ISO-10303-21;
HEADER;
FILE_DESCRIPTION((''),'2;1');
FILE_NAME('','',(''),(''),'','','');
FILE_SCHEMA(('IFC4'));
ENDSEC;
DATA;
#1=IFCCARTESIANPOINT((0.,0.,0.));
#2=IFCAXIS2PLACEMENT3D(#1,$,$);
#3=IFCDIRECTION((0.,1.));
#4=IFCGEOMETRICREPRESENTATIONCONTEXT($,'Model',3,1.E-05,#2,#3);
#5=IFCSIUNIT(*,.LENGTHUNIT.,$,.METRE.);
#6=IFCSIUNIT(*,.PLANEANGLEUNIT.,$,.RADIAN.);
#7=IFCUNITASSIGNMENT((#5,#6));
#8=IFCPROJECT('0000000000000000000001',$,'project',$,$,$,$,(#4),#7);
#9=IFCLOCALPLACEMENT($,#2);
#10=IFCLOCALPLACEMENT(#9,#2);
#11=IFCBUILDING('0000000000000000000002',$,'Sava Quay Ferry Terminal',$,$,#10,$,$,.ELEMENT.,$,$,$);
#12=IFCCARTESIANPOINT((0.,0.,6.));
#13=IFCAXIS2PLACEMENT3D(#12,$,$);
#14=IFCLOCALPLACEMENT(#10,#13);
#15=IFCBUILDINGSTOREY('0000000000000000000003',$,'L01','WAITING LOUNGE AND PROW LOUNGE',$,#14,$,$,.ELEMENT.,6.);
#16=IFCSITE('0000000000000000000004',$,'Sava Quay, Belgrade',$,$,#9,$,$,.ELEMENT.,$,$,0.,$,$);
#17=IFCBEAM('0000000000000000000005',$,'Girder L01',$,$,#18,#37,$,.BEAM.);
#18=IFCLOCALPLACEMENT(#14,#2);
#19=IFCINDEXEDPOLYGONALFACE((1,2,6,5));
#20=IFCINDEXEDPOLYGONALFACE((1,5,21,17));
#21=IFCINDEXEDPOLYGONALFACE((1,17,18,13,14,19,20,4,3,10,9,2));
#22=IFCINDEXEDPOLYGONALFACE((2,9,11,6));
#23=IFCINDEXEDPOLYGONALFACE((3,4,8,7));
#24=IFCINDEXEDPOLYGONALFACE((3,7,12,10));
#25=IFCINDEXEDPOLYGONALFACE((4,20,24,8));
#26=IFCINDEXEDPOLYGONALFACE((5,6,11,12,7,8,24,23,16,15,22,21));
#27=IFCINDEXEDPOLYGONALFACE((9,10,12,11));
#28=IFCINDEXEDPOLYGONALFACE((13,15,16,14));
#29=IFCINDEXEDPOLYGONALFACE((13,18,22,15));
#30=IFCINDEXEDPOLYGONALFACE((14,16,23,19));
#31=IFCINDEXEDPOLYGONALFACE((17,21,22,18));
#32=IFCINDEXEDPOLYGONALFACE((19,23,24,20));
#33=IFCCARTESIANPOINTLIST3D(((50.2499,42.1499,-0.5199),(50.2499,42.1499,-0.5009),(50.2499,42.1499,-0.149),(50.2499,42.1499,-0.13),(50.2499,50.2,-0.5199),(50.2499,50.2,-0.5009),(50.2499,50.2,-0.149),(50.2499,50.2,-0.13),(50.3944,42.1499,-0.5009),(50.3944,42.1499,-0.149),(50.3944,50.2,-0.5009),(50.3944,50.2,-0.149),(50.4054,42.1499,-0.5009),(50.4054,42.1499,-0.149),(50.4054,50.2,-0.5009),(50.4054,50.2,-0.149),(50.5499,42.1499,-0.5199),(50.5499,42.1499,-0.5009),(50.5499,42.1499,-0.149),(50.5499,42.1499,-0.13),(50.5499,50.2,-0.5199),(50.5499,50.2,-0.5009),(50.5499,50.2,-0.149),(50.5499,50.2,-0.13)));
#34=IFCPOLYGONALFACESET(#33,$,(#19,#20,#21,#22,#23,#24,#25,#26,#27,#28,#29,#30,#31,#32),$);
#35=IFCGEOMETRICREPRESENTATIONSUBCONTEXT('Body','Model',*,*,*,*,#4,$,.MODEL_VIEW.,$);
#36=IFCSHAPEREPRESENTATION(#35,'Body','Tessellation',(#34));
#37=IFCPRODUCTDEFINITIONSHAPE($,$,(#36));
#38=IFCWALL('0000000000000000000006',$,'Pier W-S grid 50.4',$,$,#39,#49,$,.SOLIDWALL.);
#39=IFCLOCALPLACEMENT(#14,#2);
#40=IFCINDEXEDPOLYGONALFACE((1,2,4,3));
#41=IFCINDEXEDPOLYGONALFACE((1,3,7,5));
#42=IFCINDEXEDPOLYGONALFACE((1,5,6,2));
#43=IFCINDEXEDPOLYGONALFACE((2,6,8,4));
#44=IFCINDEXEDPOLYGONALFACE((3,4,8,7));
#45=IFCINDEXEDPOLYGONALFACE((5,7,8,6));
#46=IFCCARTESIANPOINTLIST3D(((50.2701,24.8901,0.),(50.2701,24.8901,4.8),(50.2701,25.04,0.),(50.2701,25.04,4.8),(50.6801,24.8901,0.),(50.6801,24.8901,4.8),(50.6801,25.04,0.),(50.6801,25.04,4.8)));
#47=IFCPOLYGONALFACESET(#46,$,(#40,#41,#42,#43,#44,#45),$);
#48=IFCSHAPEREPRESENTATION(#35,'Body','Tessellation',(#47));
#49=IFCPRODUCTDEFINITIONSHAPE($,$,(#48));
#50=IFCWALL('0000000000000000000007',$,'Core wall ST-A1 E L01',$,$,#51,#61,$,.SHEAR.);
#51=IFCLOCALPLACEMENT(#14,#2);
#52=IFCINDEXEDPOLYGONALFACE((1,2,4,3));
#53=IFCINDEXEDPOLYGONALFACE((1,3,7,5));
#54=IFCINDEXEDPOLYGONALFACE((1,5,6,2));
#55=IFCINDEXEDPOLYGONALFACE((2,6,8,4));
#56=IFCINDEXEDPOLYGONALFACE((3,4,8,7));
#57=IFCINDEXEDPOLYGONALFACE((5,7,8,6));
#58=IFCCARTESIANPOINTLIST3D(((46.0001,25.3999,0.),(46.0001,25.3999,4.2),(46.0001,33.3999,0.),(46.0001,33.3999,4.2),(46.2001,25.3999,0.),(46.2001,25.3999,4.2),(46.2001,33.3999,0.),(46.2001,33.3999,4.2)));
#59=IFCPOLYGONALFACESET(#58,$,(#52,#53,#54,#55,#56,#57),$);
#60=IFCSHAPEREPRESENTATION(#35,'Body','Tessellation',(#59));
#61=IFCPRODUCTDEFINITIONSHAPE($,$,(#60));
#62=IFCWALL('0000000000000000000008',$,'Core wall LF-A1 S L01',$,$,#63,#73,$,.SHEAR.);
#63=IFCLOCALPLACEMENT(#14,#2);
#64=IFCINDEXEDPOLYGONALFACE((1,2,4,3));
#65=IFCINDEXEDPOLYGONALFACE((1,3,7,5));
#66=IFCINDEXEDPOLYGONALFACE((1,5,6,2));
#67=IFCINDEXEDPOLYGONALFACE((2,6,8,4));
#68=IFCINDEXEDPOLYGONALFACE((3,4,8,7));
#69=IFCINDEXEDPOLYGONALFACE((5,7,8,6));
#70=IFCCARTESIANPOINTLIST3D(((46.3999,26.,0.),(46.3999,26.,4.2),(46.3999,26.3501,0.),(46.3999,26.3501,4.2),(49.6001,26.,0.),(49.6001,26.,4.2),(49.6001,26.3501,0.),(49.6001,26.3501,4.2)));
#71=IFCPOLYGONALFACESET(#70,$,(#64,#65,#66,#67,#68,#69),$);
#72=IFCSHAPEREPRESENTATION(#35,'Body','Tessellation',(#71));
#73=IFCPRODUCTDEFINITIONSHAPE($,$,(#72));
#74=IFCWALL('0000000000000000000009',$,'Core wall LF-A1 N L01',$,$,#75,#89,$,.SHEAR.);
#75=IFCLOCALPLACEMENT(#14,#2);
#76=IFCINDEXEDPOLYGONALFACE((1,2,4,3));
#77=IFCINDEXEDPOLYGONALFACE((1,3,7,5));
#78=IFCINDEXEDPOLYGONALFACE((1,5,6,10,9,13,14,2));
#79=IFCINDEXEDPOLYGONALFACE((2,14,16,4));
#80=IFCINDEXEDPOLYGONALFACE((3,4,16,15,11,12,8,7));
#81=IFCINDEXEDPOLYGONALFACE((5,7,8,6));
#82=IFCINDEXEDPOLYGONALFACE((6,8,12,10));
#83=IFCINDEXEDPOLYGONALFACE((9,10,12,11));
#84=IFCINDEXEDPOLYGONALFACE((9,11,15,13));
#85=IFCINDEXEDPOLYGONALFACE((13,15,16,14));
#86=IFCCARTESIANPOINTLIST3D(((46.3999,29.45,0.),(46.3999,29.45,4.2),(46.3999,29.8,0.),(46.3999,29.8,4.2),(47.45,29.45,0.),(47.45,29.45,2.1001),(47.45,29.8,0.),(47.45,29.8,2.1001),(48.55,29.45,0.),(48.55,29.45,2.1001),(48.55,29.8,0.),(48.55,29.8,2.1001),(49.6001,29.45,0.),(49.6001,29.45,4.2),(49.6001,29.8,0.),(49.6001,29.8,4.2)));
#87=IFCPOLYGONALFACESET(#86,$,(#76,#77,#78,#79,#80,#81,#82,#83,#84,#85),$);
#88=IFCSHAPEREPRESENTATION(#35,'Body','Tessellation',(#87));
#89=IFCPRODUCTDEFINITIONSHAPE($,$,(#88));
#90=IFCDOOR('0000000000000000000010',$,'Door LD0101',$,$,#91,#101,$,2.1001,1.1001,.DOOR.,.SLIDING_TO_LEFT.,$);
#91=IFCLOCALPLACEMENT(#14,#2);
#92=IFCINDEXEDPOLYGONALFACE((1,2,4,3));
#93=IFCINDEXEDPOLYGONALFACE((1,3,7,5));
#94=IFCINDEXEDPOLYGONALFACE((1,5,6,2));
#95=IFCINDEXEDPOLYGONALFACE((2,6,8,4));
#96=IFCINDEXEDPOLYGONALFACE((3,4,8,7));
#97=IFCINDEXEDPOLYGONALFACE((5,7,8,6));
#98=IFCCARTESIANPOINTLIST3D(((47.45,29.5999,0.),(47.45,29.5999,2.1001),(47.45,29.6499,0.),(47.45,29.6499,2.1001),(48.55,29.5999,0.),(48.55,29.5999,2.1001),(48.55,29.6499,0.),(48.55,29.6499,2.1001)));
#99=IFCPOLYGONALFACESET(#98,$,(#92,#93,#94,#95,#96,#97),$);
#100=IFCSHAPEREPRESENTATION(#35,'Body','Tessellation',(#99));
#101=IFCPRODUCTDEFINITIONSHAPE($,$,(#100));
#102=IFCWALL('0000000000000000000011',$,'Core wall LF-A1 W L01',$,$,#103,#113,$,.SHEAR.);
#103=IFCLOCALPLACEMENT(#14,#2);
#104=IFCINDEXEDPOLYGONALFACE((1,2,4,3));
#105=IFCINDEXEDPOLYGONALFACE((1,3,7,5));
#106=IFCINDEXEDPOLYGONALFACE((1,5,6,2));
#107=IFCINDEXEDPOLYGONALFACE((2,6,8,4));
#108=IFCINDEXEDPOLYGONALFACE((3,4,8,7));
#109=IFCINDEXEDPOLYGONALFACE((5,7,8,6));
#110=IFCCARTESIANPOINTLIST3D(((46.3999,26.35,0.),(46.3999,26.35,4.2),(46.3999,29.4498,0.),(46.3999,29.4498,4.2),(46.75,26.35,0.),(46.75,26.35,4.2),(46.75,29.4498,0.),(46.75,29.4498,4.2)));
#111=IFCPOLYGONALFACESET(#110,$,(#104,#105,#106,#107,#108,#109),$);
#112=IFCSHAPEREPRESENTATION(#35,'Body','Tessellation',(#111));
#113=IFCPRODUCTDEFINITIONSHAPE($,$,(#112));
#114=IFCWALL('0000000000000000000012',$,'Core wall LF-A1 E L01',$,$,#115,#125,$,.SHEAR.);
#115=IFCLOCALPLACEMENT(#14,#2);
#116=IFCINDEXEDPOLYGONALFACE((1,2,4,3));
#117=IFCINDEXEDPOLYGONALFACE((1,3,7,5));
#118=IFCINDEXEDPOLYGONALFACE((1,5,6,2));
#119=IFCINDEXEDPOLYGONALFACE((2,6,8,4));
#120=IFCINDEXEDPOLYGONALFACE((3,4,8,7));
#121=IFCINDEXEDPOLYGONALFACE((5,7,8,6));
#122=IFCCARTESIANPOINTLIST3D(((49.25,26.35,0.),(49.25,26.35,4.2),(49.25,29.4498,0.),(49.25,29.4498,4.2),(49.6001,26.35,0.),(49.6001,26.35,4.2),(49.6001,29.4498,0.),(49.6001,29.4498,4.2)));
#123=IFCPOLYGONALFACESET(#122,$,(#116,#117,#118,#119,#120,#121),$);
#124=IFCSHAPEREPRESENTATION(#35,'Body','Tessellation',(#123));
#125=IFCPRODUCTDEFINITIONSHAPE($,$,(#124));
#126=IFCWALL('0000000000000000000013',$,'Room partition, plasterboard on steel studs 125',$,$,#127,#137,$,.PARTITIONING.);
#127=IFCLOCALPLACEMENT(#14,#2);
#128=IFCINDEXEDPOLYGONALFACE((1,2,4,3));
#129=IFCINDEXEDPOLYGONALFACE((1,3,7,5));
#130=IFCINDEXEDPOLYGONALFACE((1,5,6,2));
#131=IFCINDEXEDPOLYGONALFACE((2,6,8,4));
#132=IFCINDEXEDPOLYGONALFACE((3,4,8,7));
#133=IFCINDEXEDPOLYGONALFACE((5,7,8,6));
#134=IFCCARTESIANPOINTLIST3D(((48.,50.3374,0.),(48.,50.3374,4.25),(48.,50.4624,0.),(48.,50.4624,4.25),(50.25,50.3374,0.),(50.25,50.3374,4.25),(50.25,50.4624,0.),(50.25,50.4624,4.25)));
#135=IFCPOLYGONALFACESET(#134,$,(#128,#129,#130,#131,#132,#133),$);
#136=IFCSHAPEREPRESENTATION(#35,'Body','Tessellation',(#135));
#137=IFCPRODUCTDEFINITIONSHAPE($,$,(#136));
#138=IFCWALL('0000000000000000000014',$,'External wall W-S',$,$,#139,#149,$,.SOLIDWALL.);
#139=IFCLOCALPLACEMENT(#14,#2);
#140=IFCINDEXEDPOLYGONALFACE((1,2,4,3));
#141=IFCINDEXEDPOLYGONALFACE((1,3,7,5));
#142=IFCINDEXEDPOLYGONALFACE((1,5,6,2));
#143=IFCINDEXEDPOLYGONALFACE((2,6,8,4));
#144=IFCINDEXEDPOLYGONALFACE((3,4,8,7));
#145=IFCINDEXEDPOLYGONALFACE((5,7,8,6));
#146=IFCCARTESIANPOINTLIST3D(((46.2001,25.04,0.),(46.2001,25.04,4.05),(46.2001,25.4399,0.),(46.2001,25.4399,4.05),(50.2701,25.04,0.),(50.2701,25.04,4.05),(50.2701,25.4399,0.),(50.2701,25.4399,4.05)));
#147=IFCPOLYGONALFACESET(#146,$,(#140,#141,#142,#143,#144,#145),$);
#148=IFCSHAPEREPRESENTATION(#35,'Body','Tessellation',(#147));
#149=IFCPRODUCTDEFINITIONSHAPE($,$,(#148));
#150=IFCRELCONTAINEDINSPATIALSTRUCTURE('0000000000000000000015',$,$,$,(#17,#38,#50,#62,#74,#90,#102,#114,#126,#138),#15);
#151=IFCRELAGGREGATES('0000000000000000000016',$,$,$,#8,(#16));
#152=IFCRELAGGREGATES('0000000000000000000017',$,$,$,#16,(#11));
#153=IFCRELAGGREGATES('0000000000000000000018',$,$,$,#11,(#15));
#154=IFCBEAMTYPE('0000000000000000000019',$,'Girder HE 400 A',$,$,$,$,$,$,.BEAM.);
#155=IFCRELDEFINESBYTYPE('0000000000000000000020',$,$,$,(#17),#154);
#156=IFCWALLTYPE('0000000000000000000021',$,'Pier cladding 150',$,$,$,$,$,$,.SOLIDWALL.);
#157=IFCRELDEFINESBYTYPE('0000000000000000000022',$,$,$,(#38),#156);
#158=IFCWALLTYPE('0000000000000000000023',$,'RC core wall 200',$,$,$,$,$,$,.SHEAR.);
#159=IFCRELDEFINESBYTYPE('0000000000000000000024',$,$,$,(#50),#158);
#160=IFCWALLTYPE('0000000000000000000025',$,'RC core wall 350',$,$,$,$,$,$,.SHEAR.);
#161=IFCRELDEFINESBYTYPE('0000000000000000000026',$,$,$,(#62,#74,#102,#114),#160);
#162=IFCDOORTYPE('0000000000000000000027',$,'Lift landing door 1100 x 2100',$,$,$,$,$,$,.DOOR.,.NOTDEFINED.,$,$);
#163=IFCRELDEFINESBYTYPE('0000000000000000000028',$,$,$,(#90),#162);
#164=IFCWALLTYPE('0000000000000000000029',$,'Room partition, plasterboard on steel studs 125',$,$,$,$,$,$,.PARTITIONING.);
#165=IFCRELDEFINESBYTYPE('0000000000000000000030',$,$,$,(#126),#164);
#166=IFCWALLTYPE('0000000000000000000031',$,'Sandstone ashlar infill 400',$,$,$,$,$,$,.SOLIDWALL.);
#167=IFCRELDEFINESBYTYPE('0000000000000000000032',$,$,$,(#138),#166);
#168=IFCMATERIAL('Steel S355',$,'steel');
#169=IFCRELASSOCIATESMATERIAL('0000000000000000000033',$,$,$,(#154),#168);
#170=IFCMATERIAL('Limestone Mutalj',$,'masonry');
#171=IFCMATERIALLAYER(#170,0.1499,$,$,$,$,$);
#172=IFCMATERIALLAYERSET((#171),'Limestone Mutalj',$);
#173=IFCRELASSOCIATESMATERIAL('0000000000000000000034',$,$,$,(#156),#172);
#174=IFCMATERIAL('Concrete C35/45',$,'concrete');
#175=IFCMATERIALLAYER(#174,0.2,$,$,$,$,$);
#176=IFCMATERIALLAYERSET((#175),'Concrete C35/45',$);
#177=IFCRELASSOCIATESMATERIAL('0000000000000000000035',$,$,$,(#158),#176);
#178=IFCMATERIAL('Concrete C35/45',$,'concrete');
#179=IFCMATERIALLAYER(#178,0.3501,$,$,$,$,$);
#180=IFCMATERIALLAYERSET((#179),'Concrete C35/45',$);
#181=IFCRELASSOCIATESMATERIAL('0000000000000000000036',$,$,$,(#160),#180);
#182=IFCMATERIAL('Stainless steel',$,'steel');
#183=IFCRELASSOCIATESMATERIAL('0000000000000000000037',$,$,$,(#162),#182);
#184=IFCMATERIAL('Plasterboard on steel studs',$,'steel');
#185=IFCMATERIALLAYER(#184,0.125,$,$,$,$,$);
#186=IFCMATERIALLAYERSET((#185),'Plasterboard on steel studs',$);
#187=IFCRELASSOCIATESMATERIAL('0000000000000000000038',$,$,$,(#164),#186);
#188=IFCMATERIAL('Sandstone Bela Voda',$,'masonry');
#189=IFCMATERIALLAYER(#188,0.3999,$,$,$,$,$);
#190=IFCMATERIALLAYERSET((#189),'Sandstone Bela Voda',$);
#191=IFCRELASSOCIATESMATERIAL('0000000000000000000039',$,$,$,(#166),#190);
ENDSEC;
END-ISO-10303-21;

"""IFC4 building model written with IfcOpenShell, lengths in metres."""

from ifc_helpers import new_model, si_unit, direction, frame, frame_2d, origin, origin_2d, place, context, subcontext, project, spatial, rectangle, i_section, extrude, material, layer, layer_set, material_profile, profile_set, type_object, element, fill, save


model = new_model("IFC4")

# Units and contexts
model_context = context("Model", 3, precision=1e-05, world=origin(), true_north=direction((0.0, 1.0)))
body_context = subcontext(model_context, "Body", "Model", "MODEL_VIEW")
ifc_project = project(units=[si_unit("LENGTHUNIT", "METRE"), si_unit("PLANEANGLEUNIT", "RADIAN")], contexts=[model_context])

# Site, building, storey
site_placement = place(None, origin())
site = spatial("IfcSite", under=ifc_project, at=site_placement, Name="Sava Quay, Belgrade", CompositionType="ELEMENT", RefElevation=0.0)
building_placement = place(site_placement, origin())
building = spatial("IfcBuilding", under=site, at=building_placement, Name="Sava Quay Ferry Terminal", CompositionType="ELEMENT")
storey_placement = place(building_placement, frame((0.0, 0.0, 6.0)))
storey = spatial("IfcBuildingStorey", under=building, at=storey_placement, Name="L01", Description="WAITING LOUNGE AND PROW LOUNGE", CompositionType="ELEMENT", Elevation=6.0)

# Beam
ifc_material_1 = material(Name="Steel S355", Category="steel")
ifc_material_profile_1 = material_profile(ifc_material_1, i_section(OverallWidth=0.3, OverallDepth=0.3899, WebThickness=0.011, FlangeThickness=0.019, at=origin_2d()), Name="HE 400 A")
ifc_profile_set_1 = profile_set([ifc_material_profile_1], Name="Steel S355")
beam_type_1 = type_object("IfcBeamType", Name="Girder HE 400 A", PredefinedType="BEAM", material=ifc_profile_set_1)
beam_1_placement = place(storey_placement, frame((50.3999, 42.1499, -0.325), z_axis=(0.0, 1.0, 0.0), x_axis=(-1.0, 0.0, 0.0)))
element("IfcBeam", 1, at=beam_1_placement, inside=storey, type_object=beam_type_1, Name="Girder L01", PredefinedType="BEAM", context=body_context, shape_type="SweptSolid", body=[
    extrude(i_section(OverallWidth=0.3, OverallDepth=0.3899, WebThickness=0.011, FlangeThickness=0.019, at=origin_2d()), origin(), (0.0, 0.0, 1.0), 8.05),
])

# Walls
ifc_material_2 = material(Name="Limestone Mutalj", Category="masonry")
ifc_layer_1 = layer(ifc_material_2, 0.1499)
ifc_layer_set_1 = layer_set([ifc_layer_1], Name="Limestone Mutalj")
wall_type_1 = type_object("IfcWallType", Name="Pier cladding 150", PredefinedType="SOLIDWALL", material=ifc_layer_set_1)
wall_1_placement = place(storey_placement, frame((50.27, 24.9651, 0.0), z_axis=(0.0, 0.0, 1.0), x_axis=(1.0, 0.0, 0.0)))
element("IfcWall", 2, at=wall_1_placement, inside=storey, type_object=wall_type_1, Name="Pier W-S grid 50.4", PredefinedType="SOLIDWALL", context=body_context, shape_type="SweptSolid", body=[
    extrude(rectangle(XDim=0.4099, YDim=0.1499, at=frame_2d((0.2051, 0.0))), origin(), (0.0, 0.0, 1.0), 4.8),
])
ifc_material_3 = material(Name="Concrete C35/45", Category="concrete")
ifc_layer_2 = layer(ifc_material_3, 0.2)
ifc_layer_set_2 = layer_set([ifc_layer_2], Name="Concrete C35/45")
wall_type_2 = type_object("IfcWallType", Name="RC core wall 200", PredefinedType="SHEAR", material=ifc_layer_set_2)
wall_2_placement = place(storey_placement, frame((46.1001, 25.3999, 0.0), z_axis=(0.0, 0.0, 1.0), x_axis=(0.0, 1.0, 0.0)))
element("IfcWall", 3, at=wall_2_placement, inside=storey, type_object=wall_type_2, Name="Core wall ST-A1 E L01", PredefinedType="SHEAR", context=body_context, shape_type="SweptSolid", body=[
    extrude(rectangle(XDim=8.0, YDim=0.2, at=frame_2d((4.0, 0.0))), origin(), (0.0, 0.0, 1.0), 4.2),
])
ifc_material_4 = material(Name="Concrete C35/45", Category="concrete")
ifc_layer_3 = layer(ifc_material_4, 0.3501)
ifc_layer_set_3 = layer_set([ifc_layer_3], Name="Concrete C35/45")
wall_type_3 = type_object("IfcWallType", Name="RC core wall 350", PredefinedType="SHEAR", material=ifc_layer_set_3)
wall_3_placement = place(storey_placement, frame((46.3999, 26.175, 0.0), z_axis=(0.0, 0.0, 1.0), x_axis=(1.0, 0.0, 0.0)))
element("IfcWall", 4, at=wall_3_placement, inside=storey, type_object=wall_type_3, Name="Core wall LF-A1 S L01", PredefinedType="SHEAR", context=body_context, shape_type="SweptSolid", body=[
    extrude(rectangle(XDim=3.2002, YDim=0.3501, at=frame_2d((1.6001, 0.0))), origin(), (0.0, 0.0, 1.0), 4.2),
])

# Wall, opening, door
wall_4_placement = place(storey_placement, frame((46.3999, 29.625, 0.0), z_axis=(0.0, 0.0, 1.0), x_axis=(1.0, 0.0, 0.0)))
wall_4 = element("IfcWall", 5, at=wall_4_placement, inside=storey, type_object=wall_type_3, Name="Core wall LF-A1 N L01", PredefinedType="SHEAR", context=body_context, shape_type="SweptSolid", body=[
    extrude(rectangle(XDim=3.2002, YDim=0.3501, at=frame_2d((1.6001, 0.0))), origin(), (0.0, 0.0, 1.0), 4.2),
])
opening_placement = place(wall_4_placement, frame((1.05, 0.0, 0.0)))
opening = element("IfcOpeningElement", 6, at=opening_placement, cuts=wall_4, PredefinedType="OPENING", context=body_context, shape_type="SweptSolid", body=[
    extrude(rectangle(XDim=1.1001, YDim=2.1001, at=frame_2d((0.55, 1.05))), frame((0.0, 0.175, 0.0), z_axis=(0.0, -1.0, 0.0), x_axis=(1.0, 0.0, 0.0)), (0.0, 0.0, 1.0), 0.3501),
])
ifc_material_5 = material(Name="Stainless steel", Category="steel")
door_type = type_object("IfcDoorType", Name="Lift landing door 1100 x 2100", OperationType="NOTDEFINED", PredefinedType="DOOR", material=ifc_material_5)
door_placement = place(opening_placement, origin())
door = element("IfcDoor", 7, at=door_placement, inside=storey, type_object=door_type, Name="Door LD0101", OperationType="SLIDING_TO_LEFT", OverallHeight=2.1001, OverallWidth=1.1001, PredefinedType="DOOR", context=body_context, shape_type="SweptSolid", body=[
    extrude(rectangle(XDim=1.1001, YDim=2.1001, at=frame_2d((0.55, 1.05))), frame((0.0, 0.0249, 0.0), z_axis=(0.0, -1.0, 0.0), x_axis=(1.0, 0.0, 0.0)), (0.0, 0.0, 1.0), 0.05),
])
fill(opening, door)

# Walls
for number, where, z_axis, x_axis, name in (
    (8, (46.575, 26.3501, 0.0), (0.0, 0.0, 1.0), (0.0, 1.0, 0.0), "Core wall LF-A1 W L01"),
    (9, (49.425, 26.3501, 0.0), (0.0, 0.0, 1.0), (0.0, 1.0, 0.0), "Core wall LF-A1 E L01"),
):
    element("IfcWall", number, at=place(storey_placement, frame(where, z_axis=z_axis, x_axis=x_axis)), inside=storey, type_object=wall_type_3, Name=name, PredefinedType="SHEAR", context=body_context, shape_type="SweptSolid", body=[
        extrude(rectangle(XDim=3.0999, YDim=0.3501, at=frame_2d((1.5498, 0.0))), origin(), (0.0, 0.0, 1.0), 4.2),
    ])
ifc_material_6 = material(Name="Plasterboard on steel studs", Category="steel")
ifc_layer_4 = layer(ifc_material_6, 0.125)
ifc_layer_set_4 = layer_set([ifc_layer_4], Name="Plasterboard on steel studs")
wall_type_4 = type_object("IfcWallType", Name="Room partition, plasterboard on steel studs 125", PredefinedType="PARTITIONING", material=ifc_layer_set_4)
wall_5_placement = place(storey_placement, frame((48.0, 50.3999, 0.0), z_axis=(0.0, 0.0, 1.0), x_axis=(1.0, 0.0, 0.0)))
element("IfcWall", 10, at=wall_5_placement, inside=storey, type_object=wall_type_4, Name="Room partition, plasterboard on steel studs 125", PredefinedType="PARTITIONING", context=body_context, shape_type="SweptSolid", body=[
    extrude(rectangle(XDim=2.25, YDim=0.125, at=frame_2d((1.125, 0.0))), origin(), (0.0, 0.0, 1.0), 4.25),
])
ifc_material_7 = material(Name="Sandstone Bela Voda", Category="masonry")
ifc_layer_5 = layer(ifc_material_7, 0.3999)
ifc_layer_set_5 = layer_set([ifc_layer_5], Name="Sandstone Bela Voda")
wall_type_5 = type_object("IfcWallType", Name="Sandstone ashlar infill 400", PredefinedType="SOLIDWALL", material=ifc_layer_set_5)
wall_6_placement = place(storey_placement, frame((46.2, 25.24, 0.0), z_axis=(0.0, 0.0, 1.0), x_axis=(1.0, 0.0, 0.0)))
element("IfcWall", 11, at=wall_6_placement, inside=storey, type_object=wall_type_5, Name="External wall W-S", PredefinedType="SOLIDWALL", context=body_context, shape_type="SweptSolid", body=[
    extrude(rectangle(XDim=4.0701, YDim=0.3999, at=frame_2d((2.0352, 0.0))), origin(), (0.0, 0.0, 1.0), 4.05),
])

save(model, "model.ifc")
